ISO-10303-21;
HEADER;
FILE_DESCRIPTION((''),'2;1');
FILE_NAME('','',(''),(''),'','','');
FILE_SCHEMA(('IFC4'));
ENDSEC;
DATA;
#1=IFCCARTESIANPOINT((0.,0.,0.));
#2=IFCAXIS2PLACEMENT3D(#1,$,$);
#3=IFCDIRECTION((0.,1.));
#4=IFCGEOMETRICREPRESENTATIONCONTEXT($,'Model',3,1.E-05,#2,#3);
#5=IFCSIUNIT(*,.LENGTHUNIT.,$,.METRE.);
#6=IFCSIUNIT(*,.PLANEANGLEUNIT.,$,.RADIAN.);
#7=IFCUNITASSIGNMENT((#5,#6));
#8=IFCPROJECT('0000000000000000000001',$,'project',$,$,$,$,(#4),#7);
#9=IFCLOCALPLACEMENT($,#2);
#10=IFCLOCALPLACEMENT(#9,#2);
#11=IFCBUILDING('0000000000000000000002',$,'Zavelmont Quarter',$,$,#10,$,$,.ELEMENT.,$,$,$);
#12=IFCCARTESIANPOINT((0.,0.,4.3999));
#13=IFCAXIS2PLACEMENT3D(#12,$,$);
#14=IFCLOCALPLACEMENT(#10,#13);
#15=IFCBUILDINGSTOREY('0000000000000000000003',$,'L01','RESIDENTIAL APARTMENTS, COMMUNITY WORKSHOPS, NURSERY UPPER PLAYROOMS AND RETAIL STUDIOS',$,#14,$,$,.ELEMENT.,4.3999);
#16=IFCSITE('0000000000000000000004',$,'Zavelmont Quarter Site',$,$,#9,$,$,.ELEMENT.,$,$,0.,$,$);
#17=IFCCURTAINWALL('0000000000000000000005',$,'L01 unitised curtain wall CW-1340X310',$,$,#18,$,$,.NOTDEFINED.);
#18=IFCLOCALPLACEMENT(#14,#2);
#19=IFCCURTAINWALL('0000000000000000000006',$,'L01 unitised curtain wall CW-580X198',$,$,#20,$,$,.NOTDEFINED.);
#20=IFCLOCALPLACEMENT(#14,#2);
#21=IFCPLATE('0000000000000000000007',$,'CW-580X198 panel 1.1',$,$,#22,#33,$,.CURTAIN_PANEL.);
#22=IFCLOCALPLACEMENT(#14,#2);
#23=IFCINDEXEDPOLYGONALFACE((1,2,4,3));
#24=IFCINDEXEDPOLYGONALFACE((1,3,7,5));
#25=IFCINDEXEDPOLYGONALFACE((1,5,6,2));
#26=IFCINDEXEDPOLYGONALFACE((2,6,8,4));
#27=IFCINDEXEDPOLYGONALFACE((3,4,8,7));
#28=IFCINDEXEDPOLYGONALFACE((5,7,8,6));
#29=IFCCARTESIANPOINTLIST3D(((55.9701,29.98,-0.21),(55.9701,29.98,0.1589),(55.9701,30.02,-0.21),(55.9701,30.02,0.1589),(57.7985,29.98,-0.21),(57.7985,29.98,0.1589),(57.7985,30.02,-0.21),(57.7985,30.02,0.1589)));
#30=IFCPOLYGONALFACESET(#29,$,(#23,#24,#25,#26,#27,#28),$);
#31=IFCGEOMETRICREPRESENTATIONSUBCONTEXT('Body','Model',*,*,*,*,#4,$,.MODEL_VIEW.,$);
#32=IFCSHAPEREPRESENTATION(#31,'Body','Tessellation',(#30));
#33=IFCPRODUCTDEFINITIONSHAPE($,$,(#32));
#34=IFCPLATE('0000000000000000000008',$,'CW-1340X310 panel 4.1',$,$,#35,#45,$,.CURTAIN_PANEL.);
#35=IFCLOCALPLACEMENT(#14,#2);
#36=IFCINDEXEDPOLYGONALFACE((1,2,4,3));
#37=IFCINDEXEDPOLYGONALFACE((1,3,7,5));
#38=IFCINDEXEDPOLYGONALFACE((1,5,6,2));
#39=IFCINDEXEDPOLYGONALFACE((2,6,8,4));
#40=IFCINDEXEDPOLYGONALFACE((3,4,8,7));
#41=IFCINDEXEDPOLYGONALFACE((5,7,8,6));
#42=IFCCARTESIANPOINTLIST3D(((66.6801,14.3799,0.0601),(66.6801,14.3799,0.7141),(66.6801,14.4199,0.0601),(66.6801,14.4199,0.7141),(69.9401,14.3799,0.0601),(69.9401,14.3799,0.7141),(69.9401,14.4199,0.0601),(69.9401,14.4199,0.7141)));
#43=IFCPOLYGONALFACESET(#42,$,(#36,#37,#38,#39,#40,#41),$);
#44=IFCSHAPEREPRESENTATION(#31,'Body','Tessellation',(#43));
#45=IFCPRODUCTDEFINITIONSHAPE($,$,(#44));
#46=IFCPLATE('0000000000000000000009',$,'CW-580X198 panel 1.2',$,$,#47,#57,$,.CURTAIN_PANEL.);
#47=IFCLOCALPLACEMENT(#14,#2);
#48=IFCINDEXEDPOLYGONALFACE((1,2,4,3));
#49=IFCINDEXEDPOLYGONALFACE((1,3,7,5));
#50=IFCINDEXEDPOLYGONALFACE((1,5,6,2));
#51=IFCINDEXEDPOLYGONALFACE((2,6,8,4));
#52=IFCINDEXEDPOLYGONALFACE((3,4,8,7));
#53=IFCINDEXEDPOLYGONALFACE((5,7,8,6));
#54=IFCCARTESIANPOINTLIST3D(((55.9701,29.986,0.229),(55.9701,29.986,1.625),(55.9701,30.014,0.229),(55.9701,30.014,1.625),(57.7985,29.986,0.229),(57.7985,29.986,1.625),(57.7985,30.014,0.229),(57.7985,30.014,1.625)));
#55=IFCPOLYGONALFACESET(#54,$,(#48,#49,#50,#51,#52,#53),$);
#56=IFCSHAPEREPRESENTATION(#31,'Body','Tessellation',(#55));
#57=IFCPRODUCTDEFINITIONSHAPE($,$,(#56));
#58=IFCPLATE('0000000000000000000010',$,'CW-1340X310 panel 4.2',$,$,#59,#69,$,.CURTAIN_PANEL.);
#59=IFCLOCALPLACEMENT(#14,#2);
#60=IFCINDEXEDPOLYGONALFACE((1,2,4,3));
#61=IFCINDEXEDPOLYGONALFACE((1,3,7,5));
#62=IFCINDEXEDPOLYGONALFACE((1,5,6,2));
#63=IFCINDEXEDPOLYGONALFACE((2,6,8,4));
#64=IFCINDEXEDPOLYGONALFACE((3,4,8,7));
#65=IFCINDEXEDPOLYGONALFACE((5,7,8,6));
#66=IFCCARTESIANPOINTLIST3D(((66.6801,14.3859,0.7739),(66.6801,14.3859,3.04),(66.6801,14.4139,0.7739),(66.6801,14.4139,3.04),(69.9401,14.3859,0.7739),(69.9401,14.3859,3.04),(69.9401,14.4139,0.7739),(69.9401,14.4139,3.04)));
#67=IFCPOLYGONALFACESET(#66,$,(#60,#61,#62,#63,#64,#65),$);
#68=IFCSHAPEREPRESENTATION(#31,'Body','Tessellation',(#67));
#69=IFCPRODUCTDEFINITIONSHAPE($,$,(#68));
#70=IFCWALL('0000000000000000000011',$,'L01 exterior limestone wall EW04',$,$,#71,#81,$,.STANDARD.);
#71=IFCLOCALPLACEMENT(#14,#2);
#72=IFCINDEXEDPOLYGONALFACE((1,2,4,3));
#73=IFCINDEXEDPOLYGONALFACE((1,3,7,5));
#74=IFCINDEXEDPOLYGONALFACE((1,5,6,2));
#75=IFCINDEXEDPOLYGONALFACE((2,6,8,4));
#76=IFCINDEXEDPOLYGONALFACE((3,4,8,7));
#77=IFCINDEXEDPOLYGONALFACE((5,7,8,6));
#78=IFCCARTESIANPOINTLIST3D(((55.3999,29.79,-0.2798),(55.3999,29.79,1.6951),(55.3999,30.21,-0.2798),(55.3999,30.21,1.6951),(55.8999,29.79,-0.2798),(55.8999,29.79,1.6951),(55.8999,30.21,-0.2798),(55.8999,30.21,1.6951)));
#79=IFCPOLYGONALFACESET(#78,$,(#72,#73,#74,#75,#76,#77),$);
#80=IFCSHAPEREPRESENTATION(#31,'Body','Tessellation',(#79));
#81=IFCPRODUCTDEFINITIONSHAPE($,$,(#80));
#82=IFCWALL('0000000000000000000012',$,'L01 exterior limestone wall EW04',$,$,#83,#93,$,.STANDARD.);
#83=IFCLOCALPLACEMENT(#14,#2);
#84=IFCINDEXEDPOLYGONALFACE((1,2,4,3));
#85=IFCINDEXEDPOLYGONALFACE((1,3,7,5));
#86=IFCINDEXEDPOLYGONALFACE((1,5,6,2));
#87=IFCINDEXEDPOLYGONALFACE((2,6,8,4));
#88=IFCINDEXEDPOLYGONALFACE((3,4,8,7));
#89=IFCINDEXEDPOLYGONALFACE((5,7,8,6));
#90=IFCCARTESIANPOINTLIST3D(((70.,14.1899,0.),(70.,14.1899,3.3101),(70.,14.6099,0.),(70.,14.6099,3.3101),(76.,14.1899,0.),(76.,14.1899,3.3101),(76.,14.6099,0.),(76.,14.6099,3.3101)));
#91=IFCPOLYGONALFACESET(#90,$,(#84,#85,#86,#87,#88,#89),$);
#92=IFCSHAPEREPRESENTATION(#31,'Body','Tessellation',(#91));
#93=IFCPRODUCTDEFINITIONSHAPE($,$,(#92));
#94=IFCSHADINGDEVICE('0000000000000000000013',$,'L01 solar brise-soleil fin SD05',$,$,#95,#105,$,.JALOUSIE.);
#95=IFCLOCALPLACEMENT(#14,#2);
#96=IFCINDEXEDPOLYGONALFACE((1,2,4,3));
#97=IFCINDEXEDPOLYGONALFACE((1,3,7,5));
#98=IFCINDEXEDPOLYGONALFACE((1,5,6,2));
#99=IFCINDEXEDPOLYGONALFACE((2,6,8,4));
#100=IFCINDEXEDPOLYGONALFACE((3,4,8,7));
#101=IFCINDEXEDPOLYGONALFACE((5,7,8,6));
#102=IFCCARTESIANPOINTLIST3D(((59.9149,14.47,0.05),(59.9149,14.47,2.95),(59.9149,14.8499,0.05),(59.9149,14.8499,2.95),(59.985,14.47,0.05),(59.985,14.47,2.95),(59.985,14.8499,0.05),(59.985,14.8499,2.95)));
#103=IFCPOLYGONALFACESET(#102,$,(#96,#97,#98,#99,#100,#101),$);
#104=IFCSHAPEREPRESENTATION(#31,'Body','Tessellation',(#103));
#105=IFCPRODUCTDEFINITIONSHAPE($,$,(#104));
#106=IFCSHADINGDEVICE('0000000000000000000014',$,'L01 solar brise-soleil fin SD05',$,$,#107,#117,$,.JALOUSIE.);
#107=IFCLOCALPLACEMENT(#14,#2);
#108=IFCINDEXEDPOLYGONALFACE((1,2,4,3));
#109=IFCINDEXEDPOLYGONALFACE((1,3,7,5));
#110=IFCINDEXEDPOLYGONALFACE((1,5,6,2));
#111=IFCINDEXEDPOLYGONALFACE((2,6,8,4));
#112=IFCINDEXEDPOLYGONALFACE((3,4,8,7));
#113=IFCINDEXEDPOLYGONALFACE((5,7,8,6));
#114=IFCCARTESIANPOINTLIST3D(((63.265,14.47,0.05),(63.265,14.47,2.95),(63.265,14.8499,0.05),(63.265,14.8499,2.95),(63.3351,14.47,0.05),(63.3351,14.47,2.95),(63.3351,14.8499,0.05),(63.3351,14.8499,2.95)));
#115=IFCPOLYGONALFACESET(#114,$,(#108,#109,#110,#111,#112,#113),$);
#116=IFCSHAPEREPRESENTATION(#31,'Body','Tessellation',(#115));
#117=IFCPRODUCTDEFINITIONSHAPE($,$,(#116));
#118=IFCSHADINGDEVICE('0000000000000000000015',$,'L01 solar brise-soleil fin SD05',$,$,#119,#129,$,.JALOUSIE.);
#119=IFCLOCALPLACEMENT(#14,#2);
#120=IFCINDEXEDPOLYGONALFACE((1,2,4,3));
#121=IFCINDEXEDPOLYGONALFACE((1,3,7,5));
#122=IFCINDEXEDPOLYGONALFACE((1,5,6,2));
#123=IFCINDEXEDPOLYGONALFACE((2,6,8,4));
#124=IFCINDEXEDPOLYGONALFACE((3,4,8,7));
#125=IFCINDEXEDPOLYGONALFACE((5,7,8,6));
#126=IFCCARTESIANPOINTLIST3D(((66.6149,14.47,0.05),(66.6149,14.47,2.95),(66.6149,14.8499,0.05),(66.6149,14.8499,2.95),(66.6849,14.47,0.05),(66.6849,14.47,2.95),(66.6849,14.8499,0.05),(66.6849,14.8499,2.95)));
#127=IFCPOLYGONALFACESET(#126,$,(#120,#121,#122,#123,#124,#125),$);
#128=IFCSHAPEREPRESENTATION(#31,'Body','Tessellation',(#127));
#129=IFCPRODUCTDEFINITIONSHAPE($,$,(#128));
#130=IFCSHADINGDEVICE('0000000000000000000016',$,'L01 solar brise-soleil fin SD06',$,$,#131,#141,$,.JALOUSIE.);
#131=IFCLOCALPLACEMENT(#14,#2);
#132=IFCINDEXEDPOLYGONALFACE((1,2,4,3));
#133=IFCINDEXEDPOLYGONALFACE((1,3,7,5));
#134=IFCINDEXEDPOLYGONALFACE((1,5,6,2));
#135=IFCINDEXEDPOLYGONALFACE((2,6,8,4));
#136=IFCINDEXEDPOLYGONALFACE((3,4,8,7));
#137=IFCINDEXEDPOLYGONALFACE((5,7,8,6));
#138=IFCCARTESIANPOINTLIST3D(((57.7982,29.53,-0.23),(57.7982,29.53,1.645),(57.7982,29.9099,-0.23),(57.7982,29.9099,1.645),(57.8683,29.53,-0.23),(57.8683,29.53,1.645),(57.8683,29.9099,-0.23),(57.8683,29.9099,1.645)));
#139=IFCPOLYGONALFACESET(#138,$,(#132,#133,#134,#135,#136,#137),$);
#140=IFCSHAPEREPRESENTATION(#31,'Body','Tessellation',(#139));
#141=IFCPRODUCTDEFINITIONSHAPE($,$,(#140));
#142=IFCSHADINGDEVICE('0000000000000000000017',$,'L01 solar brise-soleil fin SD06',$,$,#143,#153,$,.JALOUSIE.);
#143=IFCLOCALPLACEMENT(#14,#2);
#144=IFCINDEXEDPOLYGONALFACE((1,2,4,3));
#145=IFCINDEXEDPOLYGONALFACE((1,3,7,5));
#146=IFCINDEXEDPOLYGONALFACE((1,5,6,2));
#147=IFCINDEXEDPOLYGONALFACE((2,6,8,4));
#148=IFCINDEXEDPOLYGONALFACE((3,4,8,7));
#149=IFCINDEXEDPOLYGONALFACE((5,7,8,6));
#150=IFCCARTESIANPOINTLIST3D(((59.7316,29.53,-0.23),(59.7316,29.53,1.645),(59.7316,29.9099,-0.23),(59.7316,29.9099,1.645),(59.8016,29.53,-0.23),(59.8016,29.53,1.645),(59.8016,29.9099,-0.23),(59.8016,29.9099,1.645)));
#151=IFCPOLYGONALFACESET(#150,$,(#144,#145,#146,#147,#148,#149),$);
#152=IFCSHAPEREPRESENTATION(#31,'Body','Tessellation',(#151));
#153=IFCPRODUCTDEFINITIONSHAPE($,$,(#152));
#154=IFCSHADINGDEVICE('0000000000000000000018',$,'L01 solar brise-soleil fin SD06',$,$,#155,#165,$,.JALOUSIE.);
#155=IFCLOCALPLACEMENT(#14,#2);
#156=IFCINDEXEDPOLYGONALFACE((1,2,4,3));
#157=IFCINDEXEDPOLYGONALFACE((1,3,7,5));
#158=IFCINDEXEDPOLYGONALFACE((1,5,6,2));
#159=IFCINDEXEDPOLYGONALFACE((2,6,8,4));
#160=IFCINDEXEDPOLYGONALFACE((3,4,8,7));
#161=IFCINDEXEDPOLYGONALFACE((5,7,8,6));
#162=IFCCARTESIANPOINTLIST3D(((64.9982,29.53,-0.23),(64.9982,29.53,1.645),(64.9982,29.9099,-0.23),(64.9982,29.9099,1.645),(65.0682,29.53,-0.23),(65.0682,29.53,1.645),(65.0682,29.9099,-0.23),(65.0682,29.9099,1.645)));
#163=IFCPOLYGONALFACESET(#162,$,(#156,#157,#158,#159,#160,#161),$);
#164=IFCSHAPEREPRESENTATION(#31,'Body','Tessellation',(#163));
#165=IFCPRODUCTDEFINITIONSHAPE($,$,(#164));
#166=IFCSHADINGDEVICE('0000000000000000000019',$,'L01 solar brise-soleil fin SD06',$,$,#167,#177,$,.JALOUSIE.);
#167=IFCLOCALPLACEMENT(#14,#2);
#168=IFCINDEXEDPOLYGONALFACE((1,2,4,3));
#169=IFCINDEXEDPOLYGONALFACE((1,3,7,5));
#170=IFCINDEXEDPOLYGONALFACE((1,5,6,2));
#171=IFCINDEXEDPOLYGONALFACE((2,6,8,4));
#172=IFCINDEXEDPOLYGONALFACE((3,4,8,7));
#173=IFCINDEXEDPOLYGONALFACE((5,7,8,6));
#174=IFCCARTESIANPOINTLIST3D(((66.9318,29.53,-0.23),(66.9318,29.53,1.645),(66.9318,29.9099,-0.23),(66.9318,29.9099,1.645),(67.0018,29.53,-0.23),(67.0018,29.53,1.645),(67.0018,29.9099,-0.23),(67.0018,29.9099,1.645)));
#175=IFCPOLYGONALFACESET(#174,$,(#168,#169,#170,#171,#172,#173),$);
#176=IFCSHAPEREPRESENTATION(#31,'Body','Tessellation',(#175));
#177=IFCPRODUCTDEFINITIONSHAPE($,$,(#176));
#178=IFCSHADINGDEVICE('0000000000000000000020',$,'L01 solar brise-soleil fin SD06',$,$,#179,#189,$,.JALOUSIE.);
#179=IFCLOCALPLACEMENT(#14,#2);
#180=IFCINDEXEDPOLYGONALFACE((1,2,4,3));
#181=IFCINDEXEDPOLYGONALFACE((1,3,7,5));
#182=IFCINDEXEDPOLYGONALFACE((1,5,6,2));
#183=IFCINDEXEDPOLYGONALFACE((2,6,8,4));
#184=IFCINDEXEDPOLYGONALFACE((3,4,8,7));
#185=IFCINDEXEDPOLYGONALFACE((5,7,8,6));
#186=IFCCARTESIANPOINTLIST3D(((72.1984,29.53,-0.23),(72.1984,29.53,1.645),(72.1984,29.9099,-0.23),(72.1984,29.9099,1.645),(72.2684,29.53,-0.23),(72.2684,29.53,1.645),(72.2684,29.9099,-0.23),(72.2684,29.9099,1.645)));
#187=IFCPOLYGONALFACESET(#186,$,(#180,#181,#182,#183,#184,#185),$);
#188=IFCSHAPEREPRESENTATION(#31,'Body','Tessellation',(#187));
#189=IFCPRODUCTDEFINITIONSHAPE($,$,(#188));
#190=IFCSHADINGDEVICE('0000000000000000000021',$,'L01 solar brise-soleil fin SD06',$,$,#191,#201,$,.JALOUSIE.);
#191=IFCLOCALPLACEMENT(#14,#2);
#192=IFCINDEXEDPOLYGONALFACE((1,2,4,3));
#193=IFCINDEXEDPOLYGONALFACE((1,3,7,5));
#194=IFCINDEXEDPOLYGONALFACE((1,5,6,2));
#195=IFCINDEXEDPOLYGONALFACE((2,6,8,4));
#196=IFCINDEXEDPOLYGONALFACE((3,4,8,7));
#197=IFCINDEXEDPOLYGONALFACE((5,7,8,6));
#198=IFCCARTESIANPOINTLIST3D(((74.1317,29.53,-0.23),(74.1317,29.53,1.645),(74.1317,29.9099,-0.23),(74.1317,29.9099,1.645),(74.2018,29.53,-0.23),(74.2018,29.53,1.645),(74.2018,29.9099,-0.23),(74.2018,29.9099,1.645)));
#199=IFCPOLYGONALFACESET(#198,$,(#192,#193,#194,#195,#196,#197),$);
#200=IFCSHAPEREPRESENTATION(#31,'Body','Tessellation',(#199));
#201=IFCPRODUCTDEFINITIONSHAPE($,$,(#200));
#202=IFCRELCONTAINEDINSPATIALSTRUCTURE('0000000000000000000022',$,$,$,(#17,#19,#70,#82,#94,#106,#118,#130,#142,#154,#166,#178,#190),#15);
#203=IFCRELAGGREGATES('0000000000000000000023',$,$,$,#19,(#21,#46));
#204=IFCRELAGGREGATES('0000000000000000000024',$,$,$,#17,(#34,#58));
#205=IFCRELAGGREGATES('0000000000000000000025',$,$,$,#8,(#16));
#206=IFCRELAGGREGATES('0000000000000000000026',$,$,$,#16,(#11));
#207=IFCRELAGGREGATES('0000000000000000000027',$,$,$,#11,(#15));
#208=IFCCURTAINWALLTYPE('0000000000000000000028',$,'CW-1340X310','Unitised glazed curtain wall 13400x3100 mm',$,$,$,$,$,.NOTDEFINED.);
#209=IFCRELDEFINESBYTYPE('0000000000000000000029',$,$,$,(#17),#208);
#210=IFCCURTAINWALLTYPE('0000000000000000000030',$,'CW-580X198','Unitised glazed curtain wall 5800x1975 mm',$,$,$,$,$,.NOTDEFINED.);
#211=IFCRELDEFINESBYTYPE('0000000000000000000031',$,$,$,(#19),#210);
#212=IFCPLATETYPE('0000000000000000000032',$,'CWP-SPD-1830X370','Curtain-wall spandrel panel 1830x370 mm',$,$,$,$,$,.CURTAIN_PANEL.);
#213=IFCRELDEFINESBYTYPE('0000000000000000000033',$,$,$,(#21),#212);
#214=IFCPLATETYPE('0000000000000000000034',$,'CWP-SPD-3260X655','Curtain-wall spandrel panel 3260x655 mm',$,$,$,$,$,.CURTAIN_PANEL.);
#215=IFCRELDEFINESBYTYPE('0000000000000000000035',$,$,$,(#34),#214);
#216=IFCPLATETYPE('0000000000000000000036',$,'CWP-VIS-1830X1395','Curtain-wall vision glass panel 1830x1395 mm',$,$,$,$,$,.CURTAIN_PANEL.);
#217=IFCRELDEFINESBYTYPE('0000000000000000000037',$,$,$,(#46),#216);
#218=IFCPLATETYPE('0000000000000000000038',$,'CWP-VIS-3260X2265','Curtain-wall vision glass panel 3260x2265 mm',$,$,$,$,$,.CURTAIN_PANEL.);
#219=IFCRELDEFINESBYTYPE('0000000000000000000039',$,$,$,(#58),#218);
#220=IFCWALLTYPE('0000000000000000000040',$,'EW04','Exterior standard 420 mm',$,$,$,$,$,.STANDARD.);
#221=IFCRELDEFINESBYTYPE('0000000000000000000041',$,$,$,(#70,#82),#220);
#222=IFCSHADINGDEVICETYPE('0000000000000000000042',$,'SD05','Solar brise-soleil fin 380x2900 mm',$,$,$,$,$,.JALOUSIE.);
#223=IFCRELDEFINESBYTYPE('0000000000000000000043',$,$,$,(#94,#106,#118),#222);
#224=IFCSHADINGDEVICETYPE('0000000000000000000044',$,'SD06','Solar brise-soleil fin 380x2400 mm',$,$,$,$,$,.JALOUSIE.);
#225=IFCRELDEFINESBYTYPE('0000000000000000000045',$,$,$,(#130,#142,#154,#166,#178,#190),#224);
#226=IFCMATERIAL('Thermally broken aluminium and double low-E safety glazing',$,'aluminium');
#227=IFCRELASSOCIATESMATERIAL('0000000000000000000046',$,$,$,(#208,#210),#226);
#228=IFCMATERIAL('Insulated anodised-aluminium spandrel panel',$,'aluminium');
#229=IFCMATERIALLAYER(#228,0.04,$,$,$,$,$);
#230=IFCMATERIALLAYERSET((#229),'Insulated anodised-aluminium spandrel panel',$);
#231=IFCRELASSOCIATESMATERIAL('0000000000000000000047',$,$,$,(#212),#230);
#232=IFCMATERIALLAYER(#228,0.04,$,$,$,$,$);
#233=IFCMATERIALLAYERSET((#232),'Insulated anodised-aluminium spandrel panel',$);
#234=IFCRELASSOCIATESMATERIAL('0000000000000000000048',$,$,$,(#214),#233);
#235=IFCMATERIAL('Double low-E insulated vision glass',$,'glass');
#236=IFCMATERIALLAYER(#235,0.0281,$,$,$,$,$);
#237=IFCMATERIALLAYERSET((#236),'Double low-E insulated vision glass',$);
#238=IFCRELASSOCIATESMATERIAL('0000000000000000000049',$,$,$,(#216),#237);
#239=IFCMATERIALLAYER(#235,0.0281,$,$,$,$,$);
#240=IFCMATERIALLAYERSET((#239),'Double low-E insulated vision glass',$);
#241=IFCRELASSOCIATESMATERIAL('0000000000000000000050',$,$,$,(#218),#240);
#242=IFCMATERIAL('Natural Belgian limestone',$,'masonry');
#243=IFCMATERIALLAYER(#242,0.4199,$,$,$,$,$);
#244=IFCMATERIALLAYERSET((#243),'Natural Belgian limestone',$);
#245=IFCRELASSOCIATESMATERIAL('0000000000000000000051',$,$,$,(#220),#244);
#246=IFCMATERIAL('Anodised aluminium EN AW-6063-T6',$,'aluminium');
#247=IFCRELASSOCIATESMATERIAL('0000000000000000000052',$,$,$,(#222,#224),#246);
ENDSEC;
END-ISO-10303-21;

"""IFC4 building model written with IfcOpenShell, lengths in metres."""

from ifc_helpers import new_model, si_unit, direction, frame, frame_2d, origin, origin_2d, place, context, subcontext, project, spatial, rectangle, extrude, material, layer, layer_set, type_object, element, aggregate, save


model = new_model("IFC4")

# Units and contexts
model_context = context("Model", 3, precision=1e-05, world=origin(), true_north=direction((0.0, 1.0)))
body_context = subcontext(model_context, "Body", "Model", "MODEL_VIEW")
ifc_project = project(units=[si_unit("LENGTHUNIT", "METRE"), si_unit("PLANEANGLEUNIT", "RADIAN")], contexts=[model_context])

# Site, building, storey
site_placement = place(None, origin())
site = spatial("IfcSite", under=ifc_project, at=site_placement, Name="Zavelmont Quarter Site", CompositionType="ELEMENT", RefElevation=0.0)
building_placement = place(site_placement, origin())
building = spatial("IfcBuilding", under=site, at=building_placement, Name="Zavelmont Quarter", CompositionType="ELEMENT")
storey_placement = place(building_placement, frame((0.0, 0.0, 4.3999)))
storey = spatial("IfcBuildingStorey", under=building, at=storey_placement, Name="L01", Description="RESIDENTIAL APARTMENTS, COMMUNITY WORKSHOPS, NURSERY UPPER PLAYROOMS AND RETAIL STUDIOS", CompositionType="ELEMENT", Elevation=4.3999)

# Curtain wall
ifc_material_1 = material(Name="Thermally broken aluminium and double low-E safety glazing", Category="aluminium")
curtain_wall_type_1 = type_object("IfcCurtainWallType", Name="CW-1340X310", Description="Unitised glazed curtain wall 13400x3100 mm", PredefinedType="NOTDEFINED", material=ifc_material_1)
curtain_wall_1_placement = place(storey_placement, origin())
curtain_wall_1 = element("IfcCurtainWall", 1, at=curtain_wall_1_placement, inside=storey, type_object=curtain_wall_type_1, Name="L01 unitised curtain wall CW-1340X310", PredefinedType="NOTDEFINED")

# Curtain wall
curtain_wall_type_2 = type_object("IfcCurtainWallType", Name="CW-580X198", Description="Unitised glazed curtain wall 5800x1975 mm", PredefinedType="NOTDEFINED", material=ifc_material_1)
curtain_wall_2_placement = place(storey_placement, origin())
curtain_wall_2 = element("IfcCurtainWall", 2, at=curtain_wall_2_placement, inside=storey, type_object=curtain_wall_type_2, Name="L01 unitised curtain wall CW-580X198", PredefinedType="NOTDEFINED")

# Plates
ifc_material_2 = material(Name="Insulated anodised-aluminium spandrel panel", Category="aluminium")
ifc_layer_1 = layer(ifc_material_2, 0.04)
ifc_layer_set_1 = layer_set([ifc_layer_1], Name="Insulated anodised-aluminium spandrel panel")
plate_type_1 = type_object("IfcPlateType", Name="CWP-SPD-1830X370", Description="Curtain-wall spandrel panel 1830x370 mm", PredefinedType="CURTAIN_PANEL", material=ifc_layer_set_1)
plate_1_placement = place(storey_placement, frame((56.8843, 30.0, -0.21), z_axis=(0.0, 0.0, 1.0), x_axis=(1.0, 0.0, 0.0)))
plate_1 = element("IfcPlate", 3, at=plate_1_placement, type_object=plate_type_1, Name="CW-580X198 panel 1.1", PredefinedType="CURTAIN_PANEL", context=body_context, shape_type="SweptSolid", body=[
    extrude(rectangle(XDim=1.8284, YDim=0.04, at=origin_2d()), origin(), (0.0, 0.0, 1.0), 0.3689),
])
ifc_layer_2 = layer(ifc_material_2, 0.04)
ifc_layer_set_2 = layer_set([ifc_layer_2], Name="Insulated anodised-aluminium spandrel panel")
plate_type_2 = type_object("IfcPlateType", Name="CWP-SPD-3260X655", Description="Curtain-wall spandrel panel 3260x655 mm", PredefinedType="CURTAIN_PANEL", material=ifc_layer_set_2)
plate_2_placement = place(storey_placement, frame((68.3101, 14.3999, 0.0601), z_axis=(0.0, 0.0, 1.0), x_axis=(1.0, 0.0, 0.0)))
plate_2 = element("IfcPlate", 4, at=plate_2_placement, type_object=plate_type_2, Name="CW-1340X310 panel 4.1", PredefinedType="CURTAIN_PANEL", context=body_context, shape_type="SweptSolid", body=[
    extrude(rectangle(XDim=3.26, YDim=0.04, at=origin_2d()), origin(), (0.0, 0.0, 1.0), 0.6541),
])
ifc_material_3 = material(Name="Double low-E insulated vision glass", Category="glass")
ifc_layer_3 = layer(ifc_material_3, 0.0281)
ifc_layer_set_3 = layer_set([ifc_layer_3], Name="Double low-E insulated vision glass")
plate_type_3 = type_object("IfcPlateType", Name="CWP-VIS-1830X1395", Description="Curtain-wall vision glass panel 1830x1395 mm", PredefinedType="CURTAIN_PANEL", material=ifc_layer_set_3)
plate_3_placement = place(storey_placement, frame((56.8843, 30.0, 0.229), z_axis=(0.0, 0.0, 1.0), x_axis=(1.0, 0.0, 0.0)))
plate_3 = element("IfcPlate", 5, at=plate_3_placement, type_object=plate_type_3, Name="CW-580X198 panel 1.2", PredefinedType="CURTAIN_PANEL", context=body_context, shape_type="SweptSolid", body=[
    extrude(rectangle(XDim=1.8284, YDim=0.0281, at=origin_2d()), origin(), (0.0, 0.0, 1.0), 1.396),
])
aggregate(curtain_wall_2, [plate_1, plate_3])
ifc_layer_4 = layer(ifc_material_3, 0.0281)
ifc_layer_set_4 = layer_set([ifc_layer_4], Name="Double low-E insulated vision glass")
plate_type_4 = type_object("IfcPlateType", Name="CWP-VIS-3260X2265", Description="Curtain-wall vision glass panel 3260x2265 mm", PredefinedType="CURTAIN_PANEL", material=ifc_layer_set_4)
plate_4_placement = place(storey_placement, frame((68.3101, 14.3999, 0.7739), z_axis=(0.0, 0.0, 1.0), x_axis=(1.0, 0.0, 0.0)))
plate_4 = element("IfcPlate", 6, at=plate_4_placement, type_object=plate_type_4, Name="CW-1340X310 panel 4.2", PredefinedType="CURTAIN_PANEL", context=body_context, shape_type="SweptSolid", body=[
    extrude(rectangle(XDim=3.26, YDim=0.0281, at=origin_2d()), origin(), (0.0, 0.0, 1.0), 2.2661),
])
aggregate(curtain_wall_1, [plate_2, plate_4])

# Walls
ifc_material_4 = material(Name="Natural Belgian limestone", Category="masonry")
ifc_layer_5 = layer(ifc_material_4, 0.4199)
ifc_layer_set_5 = layer_set([ifc_layer_5], Name="Natural Belgian limestone")
wall_type = type_object("IfcWallType", Name="EW04", Description="Exterior standard 420 mm", PredefinedType="STANDARD", material=ifc_layer_set_5)
wall_1_placement = place(storey_placement, frame((55.3999, 30.0, -0.2798), z_axis=(0.0, 0.0, 1.0), x_axis=(1.0, 0.0, 0.0)))
element("IfcWall", 7, at=wall_1_placement, inside=storey, type_object=wall_type, Name="L01 exterior limestone wall EW04", PredefinedType="STANDARD", context=body_context, shape_type="SweptSolid", body=[
    extrude(rectangle(XDim=0.5, YDim=0.4199, at=frame_2d((0.25, 0.0))), origin(), (0.0, 0.0, 1.0), 1.9749),
])
wall_2_placement = place(storey_placement, frame((70.0, 14.3999, 0.0), z_axis=(0.0, 0.0, 1.0), x_axis=(1.0, 0.0, 0.0)))
element("IfcWall", 8, at=wall_2_placement, inside=storey, type_object=wall_type, Name="L01 exterior limestone wall EW04", PredefinedType="STANDARD", context=body_context, shape_type="SweptSolid", body=[
    extrude(rectangle(XDim=6.0, YDim=0.4199, at=frame_2d((3.0, 0.0))), origin(), (0.0, 0.0, 1.0), 3.3101),
])

# Shading devices
ifc_material_5 = material(Name="Anodised aluminium EN AW-6063-T6", Category="aluminium")
shading_device_type_1 = type_object("IfcShadingDeviceType", Name="SD05", Description="Solar brise-soleil fin 380x2900 mm", PredefinedType="JALOUSIE", material=ifc_material_5)
for number, where, z_axis, x_axis, name in (
    (9, (59.95, 14.6599, 0.05), (0.0, 0.0, 1.0), (1.0, 0.0, 0.0), "L01 solar brise-soleil fin SD05"),
    (10, (63.3, 14.6599, 0.05), (0.0, 0.0, 1.0), (1.0, 0.0, 0.0), "L01 solar brise-soleil fin SD05"),
    (11, (66.6499, 14.6599, 0.05), (0.0, 0.0, 1.0), (1.0, 0.0, 0.0), "L01 solar brise-soleil fin SD05"),
):
    element("IfcShadingDevice", number, at=place(storey_placement, frame(where, z_axis=z_axis, x_axis=x_axis)), inside=storey, type_object=shading_device_type_1, Name=name, PredefinedType="JALOUSIE", context=body_context, shape_type="SweptSolid", body=[
        extrude(rectangle(XDim=0.0701, YDim=0.3799, at=origin_2d()), origin(), (0.0, 0.0, 1.0), 2.8999),
    ])
shading_device_type_2 = type_object("IfcShadingDeviceType", Name="SD06", Description="Solar brise-soleil fin 380x2400 mm", PredefinedType="JALOUSIE", material=ifc_material_5)
for number, where, z_axis, x_axis, name in (
    (12, (57.8333, 29.72, -0.23), (0.0, 0.0, 1.0), (1.0, 0.0, 0.0), "L01 solar brise-soleil fin SD06"),
    (13, (59.7666, 29.72, -0.23), (0.0, 0.0, 1.0), (1.0, 0.0, 0.0), "L01 solar brise-soleil fin SD06"),
    (14, (65.0332, 29.72, -0.23), (0.0, 0.0, 1.0), (1.0, 0.0, 0.0), "L01 solar brise-soleil fin SD06"),
    (15, (66.9668, 29.72, -0.23), (0.0, 0.0, 1.0), (1.0, 0.0, 0.0), "L01 solar brise-soleil fin SD06"),
    (16, (72.2334, 29.72, -0.23), (0.0, 0.0, 1.0), (1.0, 0.0, 0.0), "L01 solar brise-soleil fin SD06"),
    (17, (74.1667, 29.72, -0.23), (0.0, 0.0, 1.0), (1.0, 0.0, 0.0), "L01 solar brise-soleil fin SD06"),
):
    element("IfcShadingDevice", number, at=place(storey_placement, frame(where, z_axis=z_axis, x_axis=x_axis)), inside=storey, type_object=shading_device_type_2, Name=name, PredefinedType="JALOUSIE", context=body_context, shape_type="SweptSolid", body=[
        extrude(rectangle(XDim=0.0701, YDim=0.3799, at=origin_2d()), origin(), (0.0, 0.0, 1.0), 1.875),
    ])

save(model, "model.ifc")
